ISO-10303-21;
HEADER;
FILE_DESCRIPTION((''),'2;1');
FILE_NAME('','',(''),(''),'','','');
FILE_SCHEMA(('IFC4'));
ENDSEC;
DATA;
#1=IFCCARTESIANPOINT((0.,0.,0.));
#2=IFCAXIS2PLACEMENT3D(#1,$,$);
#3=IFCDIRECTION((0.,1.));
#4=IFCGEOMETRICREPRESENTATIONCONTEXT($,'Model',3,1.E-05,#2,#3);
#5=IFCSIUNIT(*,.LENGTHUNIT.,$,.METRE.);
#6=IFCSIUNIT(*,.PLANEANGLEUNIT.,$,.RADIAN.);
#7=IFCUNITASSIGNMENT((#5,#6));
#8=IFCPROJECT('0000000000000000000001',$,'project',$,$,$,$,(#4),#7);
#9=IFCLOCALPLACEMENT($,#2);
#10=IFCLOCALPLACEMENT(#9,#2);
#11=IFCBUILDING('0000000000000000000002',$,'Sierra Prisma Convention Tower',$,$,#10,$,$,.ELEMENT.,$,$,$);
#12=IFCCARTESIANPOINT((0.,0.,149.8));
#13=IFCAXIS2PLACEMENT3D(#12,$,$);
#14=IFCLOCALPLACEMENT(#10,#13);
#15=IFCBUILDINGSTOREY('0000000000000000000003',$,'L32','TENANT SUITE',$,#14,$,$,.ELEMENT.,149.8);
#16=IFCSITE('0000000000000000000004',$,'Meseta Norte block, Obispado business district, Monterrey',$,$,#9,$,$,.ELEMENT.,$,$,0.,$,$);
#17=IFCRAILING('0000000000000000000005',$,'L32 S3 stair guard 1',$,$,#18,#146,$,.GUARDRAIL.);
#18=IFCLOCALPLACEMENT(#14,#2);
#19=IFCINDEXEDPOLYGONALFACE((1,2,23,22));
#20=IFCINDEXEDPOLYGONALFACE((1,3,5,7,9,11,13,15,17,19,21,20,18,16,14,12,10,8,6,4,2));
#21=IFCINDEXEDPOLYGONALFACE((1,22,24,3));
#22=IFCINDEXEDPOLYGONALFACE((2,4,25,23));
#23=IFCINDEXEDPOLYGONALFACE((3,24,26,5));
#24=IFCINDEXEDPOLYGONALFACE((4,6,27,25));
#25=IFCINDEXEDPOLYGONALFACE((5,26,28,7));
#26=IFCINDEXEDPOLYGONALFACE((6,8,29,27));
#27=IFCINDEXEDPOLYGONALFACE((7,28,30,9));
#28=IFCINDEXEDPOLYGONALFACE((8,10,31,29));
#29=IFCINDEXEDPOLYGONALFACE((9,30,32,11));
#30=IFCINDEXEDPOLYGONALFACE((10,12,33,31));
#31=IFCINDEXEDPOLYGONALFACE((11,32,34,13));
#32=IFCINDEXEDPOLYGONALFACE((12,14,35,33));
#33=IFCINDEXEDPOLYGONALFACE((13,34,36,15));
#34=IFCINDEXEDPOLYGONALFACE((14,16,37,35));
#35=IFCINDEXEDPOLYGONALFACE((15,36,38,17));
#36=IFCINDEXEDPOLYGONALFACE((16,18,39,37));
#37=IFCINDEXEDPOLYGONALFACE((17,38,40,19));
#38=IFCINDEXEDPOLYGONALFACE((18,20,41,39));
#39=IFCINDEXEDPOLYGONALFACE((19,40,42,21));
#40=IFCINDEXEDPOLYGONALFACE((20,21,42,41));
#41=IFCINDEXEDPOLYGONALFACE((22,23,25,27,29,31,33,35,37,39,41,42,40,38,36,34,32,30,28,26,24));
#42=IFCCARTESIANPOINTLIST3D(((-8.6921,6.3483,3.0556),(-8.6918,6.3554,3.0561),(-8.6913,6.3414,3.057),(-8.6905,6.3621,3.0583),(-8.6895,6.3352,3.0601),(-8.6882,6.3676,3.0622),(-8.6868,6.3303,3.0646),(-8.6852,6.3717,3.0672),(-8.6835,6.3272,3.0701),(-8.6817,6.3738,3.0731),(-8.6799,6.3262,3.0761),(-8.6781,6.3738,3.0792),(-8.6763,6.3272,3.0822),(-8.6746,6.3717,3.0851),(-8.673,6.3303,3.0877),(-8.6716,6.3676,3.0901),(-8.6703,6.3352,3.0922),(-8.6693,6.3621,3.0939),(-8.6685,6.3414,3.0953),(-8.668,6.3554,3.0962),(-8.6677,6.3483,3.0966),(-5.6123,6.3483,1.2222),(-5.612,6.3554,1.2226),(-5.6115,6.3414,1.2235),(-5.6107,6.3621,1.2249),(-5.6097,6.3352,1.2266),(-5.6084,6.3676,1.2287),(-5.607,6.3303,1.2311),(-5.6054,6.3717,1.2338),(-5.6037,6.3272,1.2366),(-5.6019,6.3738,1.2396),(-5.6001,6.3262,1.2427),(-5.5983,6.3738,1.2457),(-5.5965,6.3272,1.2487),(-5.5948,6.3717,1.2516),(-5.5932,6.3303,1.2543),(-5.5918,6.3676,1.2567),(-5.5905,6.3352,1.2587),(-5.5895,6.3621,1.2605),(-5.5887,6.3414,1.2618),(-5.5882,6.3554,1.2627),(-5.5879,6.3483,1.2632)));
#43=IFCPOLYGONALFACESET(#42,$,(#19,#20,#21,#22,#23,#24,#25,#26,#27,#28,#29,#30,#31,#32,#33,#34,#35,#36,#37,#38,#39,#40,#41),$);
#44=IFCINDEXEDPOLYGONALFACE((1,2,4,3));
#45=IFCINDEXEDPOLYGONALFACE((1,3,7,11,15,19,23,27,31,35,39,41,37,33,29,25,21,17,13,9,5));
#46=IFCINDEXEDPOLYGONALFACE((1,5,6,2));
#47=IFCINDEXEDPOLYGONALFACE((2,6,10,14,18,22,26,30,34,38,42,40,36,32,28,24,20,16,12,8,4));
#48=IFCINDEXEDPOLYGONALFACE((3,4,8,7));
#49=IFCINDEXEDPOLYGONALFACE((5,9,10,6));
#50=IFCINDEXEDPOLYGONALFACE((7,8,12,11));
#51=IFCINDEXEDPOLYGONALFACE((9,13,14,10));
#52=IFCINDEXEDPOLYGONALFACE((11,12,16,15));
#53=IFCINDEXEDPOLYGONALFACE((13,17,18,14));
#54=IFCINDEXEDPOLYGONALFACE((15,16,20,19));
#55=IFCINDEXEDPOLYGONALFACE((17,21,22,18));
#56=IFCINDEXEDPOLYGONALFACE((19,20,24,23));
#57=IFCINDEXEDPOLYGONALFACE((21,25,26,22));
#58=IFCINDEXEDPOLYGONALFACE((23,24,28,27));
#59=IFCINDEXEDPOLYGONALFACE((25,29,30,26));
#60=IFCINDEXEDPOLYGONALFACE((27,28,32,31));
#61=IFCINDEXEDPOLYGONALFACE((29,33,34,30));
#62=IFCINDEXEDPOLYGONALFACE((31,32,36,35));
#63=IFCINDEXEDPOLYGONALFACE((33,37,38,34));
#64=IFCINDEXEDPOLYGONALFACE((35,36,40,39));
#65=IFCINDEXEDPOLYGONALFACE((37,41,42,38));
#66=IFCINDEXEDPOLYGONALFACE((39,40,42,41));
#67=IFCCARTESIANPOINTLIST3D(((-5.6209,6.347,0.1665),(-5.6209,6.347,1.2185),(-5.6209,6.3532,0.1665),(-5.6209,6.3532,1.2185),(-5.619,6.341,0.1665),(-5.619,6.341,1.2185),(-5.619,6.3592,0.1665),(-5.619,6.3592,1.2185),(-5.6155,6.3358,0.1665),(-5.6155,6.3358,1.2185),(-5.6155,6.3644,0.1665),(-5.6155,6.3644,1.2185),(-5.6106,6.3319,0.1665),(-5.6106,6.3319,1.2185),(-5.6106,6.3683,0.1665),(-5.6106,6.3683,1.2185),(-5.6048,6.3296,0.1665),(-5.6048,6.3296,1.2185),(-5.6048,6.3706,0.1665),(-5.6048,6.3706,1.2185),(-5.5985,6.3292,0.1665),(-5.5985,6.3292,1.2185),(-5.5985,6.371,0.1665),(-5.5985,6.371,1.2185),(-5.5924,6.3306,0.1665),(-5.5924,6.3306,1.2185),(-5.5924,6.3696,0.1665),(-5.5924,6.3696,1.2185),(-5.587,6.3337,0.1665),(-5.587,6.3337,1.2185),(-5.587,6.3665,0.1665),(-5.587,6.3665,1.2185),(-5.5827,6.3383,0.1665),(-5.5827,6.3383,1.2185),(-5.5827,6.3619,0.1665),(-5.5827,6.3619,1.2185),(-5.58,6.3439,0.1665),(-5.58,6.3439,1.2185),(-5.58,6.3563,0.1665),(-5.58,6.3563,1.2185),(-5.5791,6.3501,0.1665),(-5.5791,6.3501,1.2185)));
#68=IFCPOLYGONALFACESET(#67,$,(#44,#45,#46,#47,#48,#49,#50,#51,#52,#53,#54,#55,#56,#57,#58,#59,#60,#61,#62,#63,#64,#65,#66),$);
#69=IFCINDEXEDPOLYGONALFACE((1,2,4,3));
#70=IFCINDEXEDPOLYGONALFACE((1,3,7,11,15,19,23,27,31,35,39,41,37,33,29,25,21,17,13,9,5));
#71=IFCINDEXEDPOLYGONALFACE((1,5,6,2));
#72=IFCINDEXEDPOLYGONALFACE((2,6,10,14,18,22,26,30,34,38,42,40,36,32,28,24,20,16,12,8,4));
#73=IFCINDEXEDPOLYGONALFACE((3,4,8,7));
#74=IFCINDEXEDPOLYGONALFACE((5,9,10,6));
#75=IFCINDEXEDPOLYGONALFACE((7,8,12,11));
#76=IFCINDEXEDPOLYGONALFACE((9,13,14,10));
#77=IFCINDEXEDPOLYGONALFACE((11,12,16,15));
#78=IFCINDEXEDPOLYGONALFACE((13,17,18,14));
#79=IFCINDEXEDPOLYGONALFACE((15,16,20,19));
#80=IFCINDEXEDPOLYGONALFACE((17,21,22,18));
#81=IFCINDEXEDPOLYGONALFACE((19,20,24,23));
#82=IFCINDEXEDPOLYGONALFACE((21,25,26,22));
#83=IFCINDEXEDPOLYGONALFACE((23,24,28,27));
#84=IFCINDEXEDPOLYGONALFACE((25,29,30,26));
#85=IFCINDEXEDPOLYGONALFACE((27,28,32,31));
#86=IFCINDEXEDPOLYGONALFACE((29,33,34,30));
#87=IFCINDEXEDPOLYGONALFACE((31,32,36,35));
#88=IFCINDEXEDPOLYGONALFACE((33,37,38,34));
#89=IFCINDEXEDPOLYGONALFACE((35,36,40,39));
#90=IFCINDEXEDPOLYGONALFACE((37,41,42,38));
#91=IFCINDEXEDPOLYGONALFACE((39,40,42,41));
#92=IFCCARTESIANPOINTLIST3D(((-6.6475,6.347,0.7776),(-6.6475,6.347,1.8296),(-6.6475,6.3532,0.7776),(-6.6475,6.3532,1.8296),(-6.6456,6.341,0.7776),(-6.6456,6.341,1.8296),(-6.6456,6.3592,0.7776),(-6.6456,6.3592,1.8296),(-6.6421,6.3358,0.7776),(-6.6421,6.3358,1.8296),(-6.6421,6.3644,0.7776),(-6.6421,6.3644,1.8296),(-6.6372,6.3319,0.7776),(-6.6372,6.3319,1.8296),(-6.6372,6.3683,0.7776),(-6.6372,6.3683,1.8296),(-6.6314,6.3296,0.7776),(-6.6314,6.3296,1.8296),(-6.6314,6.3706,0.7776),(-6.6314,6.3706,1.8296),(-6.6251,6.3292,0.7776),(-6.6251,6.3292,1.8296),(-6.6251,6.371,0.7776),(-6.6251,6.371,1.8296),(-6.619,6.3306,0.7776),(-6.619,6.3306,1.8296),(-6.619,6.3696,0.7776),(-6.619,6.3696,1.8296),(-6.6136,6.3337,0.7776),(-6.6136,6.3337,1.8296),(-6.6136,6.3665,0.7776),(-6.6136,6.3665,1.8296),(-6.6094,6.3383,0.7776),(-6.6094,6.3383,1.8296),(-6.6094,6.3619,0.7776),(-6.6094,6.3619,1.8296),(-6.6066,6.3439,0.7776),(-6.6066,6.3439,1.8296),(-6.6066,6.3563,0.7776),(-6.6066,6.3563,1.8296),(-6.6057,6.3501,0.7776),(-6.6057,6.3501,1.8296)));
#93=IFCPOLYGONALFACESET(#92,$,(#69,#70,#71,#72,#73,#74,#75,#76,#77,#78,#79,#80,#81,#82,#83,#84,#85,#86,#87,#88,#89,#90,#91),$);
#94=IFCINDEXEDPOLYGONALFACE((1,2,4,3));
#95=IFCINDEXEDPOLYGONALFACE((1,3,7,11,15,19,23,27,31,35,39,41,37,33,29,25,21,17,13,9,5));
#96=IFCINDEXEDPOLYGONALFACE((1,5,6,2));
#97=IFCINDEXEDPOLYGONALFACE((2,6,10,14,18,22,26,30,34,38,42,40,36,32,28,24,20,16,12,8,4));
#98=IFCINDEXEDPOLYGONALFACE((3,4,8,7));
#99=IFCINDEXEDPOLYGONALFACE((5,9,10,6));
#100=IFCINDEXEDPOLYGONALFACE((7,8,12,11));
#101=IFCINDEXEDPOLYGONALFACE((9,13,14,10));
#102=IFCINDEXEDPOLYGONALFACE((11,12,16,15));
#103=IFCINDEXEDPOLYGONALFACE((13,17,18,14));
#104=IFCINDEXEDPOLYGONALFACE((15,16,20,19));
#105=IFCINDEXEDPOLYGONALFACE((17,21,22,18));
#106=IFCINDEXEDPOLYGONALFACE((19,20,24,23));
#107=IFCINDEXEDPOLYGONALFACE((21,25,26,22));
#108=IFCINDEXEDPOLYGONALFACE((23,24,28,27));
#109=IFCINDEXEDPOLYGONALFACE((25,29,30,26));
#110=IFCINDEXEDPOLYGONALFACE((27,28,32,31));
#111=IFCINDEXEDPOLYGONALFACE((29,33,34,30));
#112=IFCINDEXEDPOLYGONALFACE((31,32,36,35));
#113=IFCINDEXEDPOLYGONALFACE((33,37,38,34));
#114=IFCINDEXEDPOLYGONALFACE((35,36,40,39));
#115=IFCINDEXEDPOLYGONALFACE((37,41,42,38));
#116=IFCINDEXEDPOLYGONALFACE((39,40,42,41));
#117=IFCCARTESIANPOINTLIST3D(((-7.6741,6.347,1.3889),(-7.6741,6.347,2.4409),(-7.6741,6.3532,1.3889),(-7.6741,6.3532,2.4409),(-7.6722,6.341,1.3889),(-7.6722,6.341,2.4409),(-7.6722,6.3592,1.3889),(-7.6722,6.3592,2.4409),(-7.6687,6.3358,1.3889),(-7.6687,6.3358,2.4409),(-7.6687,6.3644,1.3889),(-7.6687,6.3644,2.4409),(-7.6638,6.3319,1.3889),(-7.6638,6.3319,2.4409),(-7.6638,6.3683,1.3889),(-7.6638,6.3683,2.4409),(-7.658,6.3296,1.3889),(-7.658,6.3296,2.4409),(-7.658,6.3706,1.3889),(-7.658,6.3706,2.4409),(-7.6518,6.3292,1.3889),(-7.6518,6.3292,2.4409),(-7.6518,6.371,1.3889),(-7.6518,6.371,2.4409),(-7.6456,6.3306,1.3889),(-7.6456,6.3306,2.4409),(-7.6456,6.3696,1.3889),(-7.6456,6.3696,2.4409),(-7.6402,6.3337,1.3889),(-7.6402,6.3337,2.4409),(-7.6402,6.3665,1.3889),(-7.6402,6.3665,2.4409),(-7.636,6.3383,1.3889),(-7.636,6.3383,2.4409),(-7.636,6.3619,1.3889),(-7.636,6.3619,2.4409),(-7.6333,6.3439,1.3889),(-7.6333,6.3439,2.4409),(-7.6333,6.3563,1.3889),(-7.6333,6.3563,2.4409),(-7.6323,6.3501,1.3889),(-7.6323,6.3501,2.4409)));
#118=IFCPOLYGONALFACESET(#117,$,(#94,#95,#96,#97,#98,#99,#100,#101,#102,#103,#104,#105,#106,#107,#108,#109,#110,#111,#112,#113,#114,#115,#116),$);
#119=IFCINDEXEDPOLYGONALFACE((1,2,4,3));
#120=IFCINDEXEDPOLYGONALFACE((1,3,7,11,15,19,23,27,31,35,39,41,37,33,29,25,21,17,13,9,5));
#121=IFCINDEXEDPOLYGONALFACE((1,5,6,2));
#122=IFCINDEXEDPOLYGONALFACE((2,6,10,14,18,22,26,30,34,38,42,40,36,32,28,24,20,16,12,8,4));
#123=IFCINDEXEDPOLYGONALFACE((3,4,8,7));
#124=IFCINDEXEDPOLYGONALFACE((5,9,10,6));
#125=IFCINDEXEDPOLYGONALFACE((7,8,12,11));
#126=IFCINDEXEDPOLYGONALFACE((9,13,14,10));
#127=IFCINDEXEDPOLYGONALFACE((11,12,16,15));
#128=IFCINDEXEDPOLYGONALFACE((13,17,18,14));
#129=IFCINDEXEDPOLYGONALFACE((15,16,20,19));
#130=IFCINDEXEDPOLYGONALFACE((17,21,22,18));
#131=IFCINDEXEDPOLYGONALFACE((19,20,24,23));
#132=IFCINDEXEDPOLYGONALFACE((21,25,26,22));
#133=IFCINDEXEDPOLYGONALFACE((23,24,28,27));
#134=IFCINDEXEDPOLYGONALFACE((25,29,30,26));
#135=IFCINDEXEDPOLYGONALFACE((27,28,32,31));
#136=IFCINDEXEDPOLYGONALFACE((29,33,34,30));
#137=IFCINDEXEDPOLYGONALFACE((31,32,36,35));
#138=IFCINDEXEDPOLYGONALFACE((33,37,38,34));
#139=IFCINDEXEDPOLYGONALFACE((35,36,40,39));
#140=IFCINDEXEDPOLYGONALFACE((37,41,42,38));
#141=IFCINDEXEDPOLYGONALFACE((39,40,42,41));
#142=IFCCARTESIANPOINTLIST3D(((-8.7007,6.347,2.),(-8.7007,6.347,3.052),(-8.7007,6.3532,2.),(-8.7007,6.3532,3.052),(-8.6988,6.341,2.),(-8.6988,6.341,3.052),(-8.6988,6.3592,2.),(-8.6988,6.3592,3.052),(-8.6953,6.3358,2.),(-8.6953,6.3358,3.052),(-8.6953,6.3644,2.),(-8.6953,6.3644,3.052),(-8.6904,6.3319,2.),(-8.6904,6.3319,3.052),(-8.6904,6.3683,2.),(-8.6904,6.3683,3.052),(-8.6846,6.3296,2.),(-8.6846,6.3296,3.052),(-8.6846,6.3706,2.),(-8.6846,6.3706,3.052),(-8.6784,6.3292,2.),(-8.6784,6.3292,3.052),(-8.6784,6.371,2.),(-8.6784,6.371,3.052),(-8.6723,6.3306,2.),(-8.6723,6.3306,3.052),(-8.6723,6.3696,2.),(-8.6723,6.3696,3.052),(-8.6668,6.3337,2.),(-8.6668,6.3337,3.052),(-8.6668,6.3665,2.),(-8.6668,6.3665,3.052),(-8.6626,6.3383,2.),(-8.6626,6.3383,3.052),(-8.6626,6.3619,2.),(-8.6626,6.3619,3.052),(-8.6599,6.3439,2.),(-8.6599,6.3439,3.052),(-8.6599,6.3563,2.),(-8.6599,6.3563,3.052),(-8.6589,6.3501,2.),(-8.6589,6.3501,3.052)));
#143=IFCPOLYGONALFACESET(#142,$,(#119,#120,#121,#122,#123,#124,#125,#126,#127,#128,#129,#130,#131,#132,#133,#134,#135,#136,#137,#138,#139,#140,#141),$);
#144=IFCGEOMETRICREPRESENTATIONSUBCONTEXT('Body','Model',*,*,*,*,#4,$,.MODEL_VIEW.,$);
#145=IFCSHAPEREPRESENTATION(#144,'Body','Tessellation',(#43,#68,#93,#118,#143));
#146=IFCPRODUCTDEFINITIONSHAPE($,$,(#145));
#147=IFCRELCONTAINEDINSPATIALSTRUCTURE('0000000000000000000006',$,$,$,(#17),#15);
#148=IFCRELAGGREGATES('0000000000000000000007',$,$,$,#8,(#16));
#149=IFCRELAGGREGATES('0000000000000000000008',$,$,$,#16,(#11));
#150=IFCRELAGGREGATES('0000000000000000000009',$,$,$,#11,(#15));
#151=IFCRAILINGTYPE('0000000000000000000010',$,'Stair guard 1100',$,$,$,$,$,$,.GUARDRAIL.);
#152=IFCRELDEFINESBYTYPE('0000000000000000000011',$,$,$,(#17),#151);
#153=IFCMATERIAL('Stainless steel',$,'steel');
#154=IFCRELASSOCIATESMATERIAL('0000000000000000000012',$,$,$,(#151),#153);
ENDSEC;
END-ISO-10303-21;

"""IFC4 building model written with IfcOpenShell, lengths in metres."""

from ifc_helpers import new_model, si_unit, direction, frame, origin, origin_2d, place, context, subcontext, project, spatial, circle, extrude, material, type_object, element, save


model = new_model("IFC4")

# Units and contexts
model_context = context("Model", 3, precision=1e-05, world=origin(), true_north=direction((0.0, 1.0)))
body_context = subcontext(model_context, "Body", "Model", "MODEL_VIEW")
ifc_project = project(units=[si_unit("LENGTHUNIT", "METRE"), si_unit("PLANEANGLEUNIT", "RADIAN")], contexts=[model_context])

# Site, building, storey
site_placement = place(None, origin())
site = spatial("IfcSite", under=ifc_project, at=site_placement, Name="Meseta Norte block, Obispado business district, Monterrey", CompositionType="ELEMENT", RefElevation=0.0)
building_placement = place(site_placement, origin())
building = spatial("IfcBuilding", under=site, at=building_placement, Name="Sierra Prisma Convention Tower", CompositionType="ELEMENT")
storey_placement = place(building_placement, frame((0.0, 0.0, 149.8)))
storey = spatial("IfcBuildingStorey", under=building, at=storey_placement, Name="L32", Description="TENANT SUITE", CompositionType="ELEMENT", Elevation=149.8)

# Railing
ifc_material_1 = material(Name="Stainless steel", Category="steel")
railing_type_1 = type_object("IfcRailingType", Name="Stair guard 1100", PredefinedType="GUARDRAIL", material=ifc_material_1)
railing_1_placement = place(storey_placement, frame((-5.6001, 6.3501, 0.1665)))
element("IfcRailing", 1, at=railing_1_placement, inside=storey, type_object=railing_type_1, Name="L32 S3 stair guard 1", PredefinedType="GUARDRAIL", context=body_context, shape_type="SweptSolid", body=[
    extrude(circle(Radius=0.0239, at=origin_2d()), frame((0.0, 0.0, 1.0762), z_axis=(-0.859261, 0.0, 0.511538), x_axis=(0.0, -1.0, 0.0)), (0.0, 0.0, 1.0), 3.5842),
    extrude(circle(Radius=0.021, at=origin_2d()), origin(), (0.0, 0.0, 1.0), 1.052),
    extrude(circle(Radius=0.021, at=origin_2d()), frame((-1.0266, 0.0, 0.6111)), (0.0, 0.0, 1.0), 1.052),
    extrude(circle(Radius=0.021, at=origin_2d()), frame((-2.0532, 0.0, 1.2224)), (0.0, 0.0, 1.0), 1.052),
    extrude(circle(Radius=0.021, at=origin_2d()), frame((-3.0798, 0.0, 1.8335)), (0.0, 0.0, 1.0), 1.052),
])

save(model, "model.ifc")
